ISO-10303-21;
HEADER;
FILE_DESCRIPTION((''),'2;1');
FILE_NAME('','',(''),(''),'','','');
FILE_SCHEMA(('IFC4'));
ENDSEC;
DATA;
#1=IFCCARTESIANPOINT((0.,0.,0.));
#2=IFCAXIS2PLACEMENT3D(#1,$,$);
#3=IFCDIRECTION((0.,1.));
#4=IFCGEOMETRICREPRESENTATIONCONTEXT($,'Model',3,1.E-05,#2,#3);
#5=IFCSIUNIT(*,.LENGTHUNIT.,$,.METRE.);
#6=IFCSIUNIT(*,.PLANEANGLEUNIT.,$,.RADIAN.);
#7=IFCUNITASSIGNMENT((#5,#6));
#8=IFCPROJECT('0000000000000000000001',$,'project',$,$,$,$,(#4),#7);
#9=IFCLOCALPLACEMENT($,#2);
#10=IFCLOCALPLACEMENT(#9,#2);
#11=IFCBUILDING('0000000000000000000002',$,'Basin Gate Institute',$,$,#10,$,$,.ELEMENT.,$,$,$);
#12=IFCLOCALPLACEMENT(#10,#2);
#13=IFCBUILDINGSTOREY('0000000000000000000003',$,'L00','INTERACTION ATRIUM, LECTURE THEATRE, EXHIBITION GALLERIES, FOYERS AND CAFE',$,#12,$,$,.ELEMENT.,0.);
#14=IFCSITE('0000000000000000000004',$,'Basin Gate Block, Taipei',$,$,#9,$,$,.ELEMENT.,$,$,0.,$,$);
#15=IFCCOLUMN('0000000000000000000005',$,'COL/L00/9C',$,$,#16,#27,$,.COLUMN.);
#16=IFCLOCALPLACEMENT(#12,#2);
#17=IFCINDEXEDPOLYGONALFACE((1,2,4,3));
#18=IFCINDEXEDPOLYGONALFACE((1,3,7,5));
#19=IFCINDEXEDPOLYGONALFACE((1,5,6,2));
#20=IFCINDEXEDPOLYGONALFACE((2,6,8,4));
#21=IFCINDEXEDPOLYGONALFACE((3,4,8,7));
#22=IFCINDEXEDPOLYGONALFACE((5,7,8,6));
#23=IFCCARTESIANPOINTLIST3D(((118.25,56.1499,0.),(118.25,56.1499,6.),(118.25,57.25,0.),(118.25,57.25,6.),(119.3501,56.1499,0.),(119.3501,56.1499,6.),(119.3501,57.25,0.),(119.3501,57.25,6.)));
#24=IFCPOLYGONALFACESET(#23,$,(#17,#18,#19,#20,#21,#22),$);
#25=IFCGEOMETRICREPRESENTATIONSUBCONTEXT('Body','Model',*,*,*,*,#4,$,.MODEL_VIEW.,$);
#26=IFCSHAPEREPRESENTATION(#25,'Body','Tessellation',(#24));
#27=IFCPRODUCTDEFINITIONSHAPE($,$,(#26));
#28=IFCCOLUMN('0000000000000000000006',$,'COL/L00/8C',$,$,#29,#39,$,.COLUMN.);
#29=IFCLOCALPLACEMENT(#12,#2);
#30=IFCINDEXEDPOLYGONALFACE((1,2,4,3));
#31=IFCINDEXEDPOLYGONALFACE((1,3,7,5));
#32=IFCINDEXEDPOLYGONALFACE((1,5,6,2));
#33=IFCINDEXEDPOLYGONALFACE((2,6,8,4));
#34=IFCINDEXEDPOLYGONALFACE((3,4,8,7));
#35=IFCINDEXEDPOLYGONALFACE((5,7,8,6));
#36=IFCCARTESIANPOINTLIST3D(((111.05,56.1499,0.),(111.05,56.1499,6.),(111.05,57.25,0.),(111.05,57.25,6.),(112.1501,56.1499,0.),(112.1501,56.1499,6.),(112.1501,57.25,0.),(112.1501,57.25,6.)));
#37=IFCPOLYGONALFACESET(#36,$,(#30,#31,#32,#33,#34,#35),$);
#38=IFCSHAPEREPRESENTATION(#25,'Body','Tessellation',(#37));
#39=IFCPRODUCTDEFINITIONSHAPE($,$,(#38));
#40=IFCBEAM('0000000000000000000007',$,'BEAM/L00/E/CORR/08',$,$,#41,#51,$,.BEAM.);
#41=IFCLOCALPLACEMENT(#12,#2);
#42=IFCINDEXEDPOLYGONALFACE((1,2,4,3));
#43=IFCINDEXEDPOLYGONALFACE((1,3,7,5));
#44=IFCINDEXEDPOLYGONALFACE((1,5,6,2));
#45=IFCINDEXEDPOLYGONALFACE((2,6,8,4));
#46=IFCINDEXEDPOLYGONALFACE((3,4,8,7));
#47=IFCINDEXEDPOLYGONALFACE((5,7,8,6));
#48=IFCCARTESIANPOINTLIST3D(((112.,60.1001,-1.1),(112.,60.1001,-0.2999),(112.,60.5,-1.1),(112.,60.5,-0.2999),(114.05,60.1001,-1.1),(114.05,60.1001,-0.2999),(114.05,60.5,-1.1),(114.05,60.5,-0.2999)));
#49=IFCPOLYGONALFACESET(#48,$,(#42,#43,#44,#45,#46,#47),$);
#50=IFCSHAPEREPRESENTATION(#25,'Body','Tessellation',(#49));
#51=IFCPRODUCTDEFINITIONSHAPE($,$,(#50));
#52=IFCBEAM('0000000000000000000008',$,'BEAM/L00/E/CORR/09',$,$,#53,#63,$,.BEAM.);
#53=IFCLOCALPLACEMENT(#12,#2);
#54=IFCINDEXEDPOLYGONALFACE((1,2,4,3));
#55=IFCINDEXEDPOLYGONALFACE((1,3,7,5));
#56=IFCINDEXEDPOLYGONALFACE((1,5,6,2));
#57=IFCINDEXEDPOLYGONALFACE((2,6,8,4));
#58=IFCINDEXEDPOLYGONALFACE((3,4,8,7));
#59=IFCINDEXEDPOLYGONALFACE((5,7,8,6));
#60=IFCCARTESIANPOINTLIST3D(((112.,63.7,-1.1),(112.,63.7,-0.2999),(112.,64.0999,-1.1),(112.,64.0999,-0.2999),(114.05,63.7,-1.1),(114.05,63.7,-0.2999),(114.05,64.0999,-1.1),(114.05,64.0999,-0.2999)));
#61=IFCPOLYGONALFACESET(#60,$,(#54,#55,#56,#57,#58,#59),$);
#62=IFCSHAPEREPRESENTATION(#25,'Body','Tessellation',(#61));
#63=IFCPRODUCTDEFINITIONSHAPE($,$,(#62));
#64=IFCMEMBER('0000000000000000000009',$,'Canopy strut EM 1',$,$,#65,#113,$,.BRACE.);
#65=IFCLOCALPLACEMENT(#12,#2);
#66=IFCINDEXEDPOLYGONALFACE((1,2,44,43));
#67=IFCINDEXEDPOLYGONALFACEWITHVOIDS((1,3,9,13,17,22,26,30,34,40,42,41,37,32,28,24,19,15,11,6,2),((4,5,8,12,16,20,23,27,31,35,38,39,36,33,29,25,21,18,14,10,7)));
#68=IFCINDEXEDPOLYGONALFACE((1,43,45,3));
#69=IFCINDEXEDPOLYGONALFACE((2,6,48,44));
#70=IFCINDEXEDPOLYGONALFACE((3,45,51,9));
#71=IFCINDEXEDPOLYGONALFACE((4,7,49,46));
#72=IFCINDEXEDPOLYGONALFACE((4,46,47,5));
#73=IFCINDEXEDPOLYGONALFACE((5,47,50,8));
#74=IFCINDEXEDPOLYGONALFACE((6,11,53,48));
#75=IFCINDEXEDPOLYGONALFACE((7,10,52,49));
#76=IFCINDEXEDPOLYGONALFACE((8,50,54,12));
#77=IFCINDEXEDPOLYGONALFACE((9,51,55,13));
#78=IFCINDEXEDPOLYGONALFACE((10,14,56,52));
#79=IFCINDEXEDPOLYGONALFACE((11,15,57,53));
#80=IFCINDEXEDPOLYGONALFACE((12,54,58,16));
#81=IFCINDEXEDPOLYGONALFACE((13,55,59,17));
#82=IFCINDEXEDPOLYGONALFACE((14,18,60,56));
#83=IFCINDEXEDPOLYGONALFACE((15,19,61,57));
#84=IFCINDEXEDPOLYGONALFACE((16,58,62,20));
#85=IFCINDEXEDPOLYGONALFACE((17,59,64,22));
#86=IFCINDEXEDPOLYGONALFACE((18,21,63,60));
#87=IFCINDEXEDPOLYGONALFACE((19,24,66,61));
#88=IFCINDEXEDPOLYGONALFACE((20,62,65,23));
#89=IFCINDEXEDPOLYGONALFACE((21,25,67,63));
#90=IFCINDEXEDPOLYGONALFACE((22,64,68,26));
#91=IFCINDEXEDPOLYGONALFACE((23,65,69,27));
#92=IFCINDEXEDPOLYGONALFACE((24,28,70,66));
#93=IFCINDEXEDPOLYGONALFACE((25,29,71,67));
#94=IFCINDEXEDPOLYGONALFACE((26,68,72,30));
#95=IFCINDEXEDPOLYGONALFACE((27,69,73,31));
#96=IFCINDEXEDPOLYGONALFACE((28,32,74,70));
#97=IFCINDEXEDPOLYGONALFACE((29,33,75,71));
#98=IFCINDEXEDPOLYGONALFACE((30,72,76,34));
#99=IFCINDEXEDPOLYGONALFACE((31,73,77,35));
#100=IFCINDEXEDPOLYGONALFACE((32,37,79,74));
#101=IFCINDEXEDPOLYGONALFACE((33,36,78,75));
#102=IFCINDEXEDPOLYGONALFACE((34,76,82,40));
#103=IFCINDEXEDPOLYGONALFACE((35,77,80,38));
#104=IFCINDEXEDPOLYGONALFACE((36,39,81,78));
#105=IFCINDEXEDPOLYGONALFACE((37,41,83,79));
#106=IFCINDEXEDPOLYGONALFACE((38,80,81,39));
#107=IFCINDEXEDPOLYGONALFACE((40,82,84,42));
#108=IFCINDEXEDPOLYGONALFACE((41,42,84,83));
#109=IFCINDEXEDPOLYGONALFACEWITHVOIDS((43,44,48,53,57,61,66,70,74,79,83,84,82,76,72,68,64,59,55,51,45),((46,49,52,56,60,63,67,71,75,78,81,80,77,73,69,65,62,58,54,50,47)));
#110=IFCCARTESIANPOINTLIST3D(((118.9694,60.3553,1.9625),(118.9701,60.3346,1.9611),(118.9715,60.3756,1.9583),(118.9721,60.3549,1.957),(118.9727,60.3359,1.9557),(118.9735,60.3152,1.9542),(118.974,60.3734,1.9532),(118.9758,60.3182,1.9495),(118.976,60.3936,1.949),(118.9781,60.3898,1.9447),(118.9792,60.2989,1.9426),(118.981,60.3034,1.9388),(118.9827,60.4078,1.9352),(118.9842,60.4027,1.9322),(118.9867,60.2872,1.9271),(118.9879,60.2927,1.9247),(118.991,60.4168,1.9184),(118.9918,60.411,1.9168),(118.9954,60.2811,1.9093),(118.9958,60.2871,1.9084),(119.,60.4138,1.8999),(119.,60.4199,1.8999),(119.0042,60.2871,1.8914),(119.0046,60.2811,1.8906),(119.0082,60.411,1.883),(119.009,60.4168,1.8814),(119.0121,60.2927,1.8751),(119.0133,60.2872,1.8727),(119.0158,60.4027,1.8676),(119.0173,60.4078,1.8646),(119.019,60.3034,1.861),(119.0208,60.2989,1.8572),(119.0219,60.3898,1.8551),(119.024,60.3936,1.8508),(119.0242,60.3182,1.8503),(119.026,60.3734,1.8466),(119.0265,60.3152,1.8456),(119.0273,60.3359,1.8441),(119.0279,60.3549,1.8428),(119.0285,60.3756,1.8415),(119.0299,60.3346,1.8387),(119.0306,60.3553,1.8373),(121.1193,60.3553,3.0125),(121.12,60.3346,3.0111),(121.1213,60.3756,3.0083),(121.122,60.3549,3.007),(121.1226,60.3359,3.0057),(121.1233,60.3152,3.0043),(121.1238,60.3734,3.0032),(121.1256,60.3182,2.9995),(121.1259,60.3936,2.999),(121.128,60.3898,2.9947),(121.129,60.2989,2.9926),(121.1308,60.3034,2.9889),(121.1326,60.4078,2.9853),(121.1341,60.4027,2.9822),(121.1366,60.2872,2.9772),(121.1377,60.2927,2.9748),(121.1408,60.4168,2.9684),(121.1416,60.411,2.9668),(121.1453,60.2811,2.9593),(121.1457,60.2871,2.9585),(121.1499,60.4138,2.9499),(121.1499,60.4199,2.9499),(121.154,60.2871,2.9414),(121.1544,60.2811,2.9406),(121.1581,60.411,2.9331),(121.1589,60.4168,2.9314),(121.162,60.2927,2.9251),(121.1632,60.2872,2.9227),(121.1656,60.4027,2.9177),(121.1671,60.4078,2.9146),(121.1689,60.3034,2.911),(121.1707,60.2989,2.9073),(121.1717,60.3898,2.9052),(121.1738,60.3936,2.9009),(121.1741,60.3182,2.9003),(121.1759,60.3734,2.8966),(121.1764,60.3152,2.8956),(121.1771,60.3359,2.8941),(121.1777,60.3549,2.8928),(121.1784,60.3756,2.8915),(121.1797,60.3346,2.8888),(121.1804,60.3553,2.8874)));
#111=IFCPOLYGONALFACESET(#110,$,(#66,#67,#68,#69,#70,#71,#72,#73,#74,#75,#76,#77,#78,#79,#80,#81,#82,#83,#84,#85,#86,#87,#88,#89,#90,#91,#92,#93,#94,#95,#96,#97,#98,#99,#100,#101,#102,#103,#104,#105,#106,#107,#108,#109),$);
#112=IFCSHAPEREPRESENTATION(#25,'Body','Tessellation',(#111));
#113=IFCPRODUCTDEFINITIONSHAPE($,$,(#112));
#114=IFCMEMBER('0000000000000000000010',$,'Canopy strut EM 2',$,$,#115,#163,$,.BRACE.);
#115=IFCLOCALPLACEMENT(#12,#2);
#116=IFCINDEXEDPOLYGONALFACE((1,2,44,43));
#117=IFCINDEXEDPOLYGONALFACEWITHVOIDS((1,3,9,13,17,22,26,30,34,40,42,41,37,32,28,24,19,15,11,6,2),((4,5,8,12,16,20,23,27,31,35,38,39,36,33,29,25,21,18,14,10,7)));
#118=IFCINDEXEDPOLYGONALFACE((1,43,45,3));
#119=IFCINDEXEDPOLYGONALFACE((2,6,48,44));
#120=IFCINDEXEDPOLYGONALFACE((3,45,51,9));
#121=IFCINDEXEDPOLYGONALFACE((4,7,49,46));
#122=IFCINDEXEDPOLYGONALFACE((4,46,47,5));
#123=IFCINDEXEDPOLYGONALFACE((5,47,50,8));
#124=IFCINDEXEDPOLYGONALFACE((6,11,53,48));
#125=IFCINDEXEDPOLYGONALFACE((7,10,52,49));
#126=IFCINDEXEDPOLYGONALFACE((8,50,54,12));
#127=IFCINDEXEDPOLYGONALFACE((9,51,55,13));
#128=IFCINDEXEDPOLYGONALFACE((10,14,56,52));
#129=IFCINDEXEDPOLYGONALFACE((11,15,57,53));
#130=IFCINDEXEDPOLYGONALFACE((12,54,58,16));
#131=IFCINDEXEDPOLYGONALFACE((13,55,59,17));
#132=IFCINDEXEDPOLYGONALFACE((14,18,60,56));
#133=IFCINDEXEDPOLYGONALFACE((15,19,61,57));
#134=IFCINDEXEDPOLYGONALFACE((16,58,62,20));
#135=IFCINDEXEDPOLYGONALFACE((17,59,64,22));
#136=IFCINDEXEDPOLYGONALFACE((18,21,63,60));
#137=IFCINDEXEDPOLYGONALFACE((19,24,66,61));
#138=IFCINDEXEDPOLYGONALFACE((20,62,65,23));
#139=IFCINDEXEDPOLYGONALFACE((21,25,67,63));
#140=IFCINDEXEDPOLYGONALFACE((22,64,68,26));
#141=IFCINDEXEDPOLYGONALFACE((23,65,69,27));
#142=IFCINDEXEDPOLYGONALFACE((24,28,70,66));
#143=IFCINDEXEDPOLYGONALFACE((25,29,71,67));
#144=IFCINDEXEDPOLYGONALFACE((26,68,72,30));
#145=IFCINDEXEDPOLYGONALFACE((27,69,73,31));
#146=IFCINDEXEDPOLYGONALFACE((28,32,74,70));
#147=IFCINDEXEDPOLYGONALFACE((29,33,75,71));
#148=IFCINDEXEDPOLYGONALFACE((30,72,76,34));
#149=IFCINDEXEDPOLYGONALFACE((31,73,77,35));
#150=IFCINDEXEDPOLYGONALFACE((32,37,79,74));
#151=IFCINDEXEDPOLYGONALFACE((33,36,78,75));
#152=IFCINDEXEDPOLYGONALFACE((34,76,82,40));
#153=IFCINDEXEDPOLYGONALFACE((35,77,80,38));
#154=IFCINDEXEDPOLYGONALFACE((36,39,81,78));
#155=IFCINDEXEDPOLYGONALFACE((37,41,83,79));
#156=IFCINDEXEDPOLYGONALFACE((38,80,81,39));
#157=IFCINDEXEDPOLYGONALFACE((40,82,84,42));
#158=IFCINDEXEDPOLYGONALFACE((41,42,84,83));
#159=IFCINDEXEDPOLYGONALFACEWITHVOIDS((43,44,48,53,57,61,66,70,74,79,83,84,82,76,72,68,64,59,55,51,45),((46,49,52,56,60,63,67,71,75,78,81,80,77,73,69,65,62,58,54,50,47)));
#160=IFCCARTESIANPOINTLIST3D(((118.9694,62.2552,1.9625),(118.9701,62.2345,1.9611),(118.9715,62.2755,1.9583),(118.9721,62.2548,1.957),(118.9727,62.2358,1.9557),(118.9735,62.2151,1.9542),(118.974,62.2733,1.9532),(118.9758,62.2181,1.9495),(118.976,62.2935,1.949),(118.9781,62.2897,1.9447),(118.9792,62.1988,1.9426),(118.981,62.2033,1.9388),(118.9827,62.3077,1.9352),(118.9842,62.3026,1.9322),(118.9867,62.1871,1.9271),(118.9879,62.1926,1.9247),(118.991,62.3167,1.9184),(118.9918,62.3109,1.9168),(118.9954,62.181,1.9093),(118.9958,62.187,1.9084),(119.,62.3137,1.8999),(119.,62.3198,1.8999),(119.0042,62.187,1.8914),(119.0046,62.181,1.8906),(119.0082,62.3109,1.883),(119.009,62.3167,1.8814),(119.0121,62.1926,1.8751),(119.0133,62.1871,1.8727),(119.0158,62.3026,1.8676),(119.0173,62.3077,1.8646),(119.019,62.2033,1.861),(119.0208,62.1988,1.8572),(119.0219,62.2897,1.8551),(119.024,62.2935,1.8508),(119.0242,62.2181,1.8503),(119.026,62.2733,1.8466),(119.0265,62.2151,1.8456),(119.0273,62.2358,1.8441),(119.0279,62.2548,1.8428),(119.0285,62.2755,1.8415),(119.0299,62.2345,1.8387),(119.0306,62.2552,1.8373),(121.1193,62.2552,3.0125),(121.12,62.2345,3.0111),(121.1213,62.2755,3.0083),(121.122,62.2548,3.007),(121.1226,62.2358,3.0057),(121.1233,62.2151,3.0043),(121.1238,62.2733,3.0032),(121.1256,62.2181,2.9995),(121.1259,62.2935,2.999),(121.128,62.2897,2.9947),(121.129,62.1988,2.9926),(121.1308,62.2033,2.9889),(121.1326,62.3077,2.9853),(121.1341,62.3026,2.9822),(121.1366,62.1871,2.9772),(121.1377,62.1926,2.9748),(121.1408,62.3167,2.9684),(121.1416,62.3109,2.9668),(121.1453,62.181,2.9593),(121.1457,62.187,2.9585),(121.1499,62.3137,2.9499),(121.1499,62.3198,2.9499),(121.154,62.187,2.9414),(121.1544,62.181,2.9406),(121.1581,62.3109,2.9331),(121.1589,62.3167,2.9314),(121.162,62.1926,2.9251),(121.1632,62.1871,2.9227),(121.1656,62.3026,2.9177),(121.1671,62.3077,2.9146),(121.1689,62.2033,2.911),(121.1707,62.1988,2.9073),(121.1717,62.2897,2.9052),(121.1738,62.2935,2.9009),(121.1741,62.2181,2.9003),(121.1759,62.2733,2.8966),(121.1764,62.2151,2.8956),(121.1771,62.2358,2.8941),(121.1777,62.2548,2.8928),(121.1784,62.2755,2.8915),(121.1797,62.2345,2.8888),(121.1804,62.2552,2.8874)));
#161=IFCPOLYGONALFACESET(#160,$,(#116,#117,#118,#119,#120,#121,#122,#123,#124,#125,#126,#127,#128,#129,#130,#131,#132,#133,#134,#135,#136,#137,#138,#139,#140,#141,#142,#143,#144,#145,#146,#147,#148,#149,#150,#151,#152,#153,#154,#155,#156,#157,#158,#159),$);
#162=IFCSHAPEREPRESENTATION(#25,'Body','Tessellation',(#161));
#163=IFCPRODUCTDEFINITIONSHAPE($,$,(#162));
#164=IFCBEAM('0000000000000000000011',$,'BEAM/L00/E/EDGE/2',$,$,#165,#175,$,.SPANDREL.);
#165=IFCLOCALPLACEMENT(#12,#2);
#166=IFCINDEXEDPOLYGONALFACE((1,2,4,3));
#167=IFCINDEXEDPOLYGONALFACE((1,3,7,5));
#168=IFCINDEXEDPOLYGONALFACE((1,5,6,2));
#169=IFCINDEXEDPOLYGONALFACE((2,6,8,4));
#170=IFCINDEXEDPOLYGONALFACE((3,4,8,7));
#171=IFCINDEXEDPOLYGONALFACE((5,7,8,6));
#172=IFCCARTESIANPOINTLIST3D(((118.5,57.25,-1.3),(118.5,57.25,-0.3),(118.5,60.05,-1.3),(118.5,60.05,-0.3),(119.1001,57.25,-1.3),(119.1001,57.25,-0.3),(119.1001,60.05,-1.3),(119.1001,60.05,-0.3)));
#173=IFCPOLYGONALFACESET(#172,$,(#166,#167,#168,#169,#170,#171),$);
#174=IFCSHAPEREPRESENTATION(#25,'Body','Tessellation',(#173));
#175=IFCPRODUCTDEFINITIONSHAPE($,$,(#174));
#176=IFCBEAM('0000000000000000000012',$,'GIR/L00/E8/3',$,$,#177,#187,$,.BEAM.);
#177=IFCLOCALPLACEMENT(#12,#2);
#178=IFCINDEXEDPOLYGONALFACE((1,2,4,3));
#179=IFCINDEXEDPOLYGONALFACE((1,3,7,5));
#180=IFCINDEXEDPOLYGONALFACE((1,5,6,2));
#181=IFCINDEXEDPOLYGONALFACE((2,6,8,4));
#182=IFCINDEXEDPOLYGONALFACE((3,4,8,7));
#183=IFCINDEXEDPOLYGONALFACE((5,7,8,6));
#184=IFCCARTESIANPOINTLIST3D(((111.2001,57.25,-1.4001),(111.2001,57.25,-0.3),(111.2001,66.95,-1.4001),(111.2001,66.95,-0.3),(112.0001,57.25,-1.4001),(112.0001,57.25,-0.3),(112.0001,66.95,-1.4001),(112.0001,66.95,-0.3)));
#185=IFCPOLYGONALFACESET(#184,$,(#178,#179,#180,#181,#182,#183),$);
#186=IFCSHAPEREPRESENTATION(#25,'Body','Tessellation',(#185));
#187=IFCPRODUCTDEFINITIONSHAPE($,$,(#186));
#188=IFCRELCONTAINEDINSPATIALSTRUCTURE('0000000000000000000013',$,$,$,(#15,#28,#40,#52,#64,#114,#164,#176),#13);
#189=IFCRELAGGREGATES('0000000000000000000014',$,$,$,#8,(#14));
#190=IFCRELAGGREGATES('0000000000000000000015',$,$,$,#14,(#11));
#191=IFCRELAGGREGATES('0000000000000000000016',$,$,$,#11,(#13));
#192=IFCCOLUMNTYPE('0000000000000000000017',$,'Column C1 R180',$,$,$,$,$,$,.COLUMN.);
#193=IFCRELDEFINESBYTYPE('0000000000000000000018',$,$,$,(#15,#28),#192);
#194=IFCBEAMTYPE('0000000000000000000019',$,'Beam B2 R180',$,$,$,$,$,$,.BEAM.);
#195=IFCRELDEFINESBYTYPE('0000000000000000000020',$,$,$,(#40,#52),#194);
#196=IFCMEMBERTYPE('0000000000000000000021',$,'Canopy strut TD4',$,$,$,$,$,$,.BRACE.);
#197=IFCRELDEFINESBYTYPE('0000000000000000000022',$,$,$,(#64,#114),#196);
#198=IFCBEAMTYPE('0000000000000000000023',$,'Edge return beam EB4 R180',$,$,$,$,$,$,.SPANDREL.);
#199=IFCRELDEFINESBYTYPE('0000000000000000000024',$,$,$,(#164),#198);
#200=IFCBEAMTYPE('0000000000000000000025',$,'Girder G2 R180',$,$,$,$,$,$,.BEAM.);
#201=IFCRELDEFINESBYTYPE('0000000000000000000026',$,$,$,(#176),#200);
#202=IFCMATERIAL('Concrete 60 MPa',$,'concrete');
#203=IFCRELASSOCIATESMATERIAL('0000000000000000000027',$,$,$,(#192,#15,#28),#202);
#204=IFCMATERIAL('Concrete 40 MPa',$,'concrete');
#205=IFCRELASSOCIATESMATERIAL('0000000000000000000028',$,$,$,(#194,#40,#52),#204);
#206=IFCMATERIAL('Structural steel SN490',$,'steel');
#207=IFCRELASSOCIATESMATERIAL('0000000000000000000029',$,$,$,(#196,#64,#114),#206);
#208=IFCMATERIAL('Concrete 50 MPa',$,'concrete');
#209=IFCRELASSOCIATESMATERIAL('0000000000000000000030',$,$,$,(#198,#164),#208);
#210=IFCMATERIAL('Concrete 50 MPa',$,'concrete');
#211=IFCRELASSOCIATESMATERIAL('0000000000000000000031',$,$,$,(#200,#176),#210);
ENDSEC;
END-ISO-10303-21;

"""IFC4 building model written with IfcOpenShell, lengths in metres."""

from ifc_helpers import new_model, si_unit, direction, frame, origin, origin_2d, place, context, subcontext, project, spatial, rectangle, hollow_circle, extrude, material, material_profile, profile_set, type_object, element, save


model = new_model("IFC4")

# Units and contexts
model_context = context("Model", 3, precision=1e-05, world=origin(), true_north=direction((0.0, 1.0)))
body_context = subcontext(model_context, "Body", "Model", "MODEL_VIEW")
ifc_project = project(units=[si_unit("LENGTHUNIT", "METRE"), si_unit("PLANEANGLEUNIT", "RADIAN")], contexts=[model_context])

# Site, building, storey
site_placement = place(None, origin())
site = spatial("IfcSite", under=ifc_project, at=site_placement, Name="Basin Gate Block, Taipei", CompositionType="ELEMENT", RefElevation=0.0)
building_placement = place(site_placement, origin())
building = spatial("IfcBuilding", under=site, at=building_placement, Name="Basin Gate Institute", CompositionType="ELEMENT")
storey_placement = place(building_placement, origin())
storey = spatial("IfcBuildingStorey", under=building, at=storey_placement, Name="L00", Description="INTERACTION ATRIUM, LECTURE THEATRE, EXHIBITION GALLERIES, FOYERS AND CAFE", CompositionType="ELEMENT", Elevation=0.0)

# Columns
ifc_material_1 = material(Name="Concrete 60 MPa", Category="concrete")
ifc_material_profile_1 = material_profile(ifc_material_1, rectangle(XDim=1.1001, YDim=1.1001, at=origin_2d()), Name="Column C1 1100 x 1100")
ifc_profile_set_1 = profile_set([ifc_material_profile_1], Name="Concrete 60 MPa")
column_type = type_object("IfcColumnType", Name="Column C1 R180", PredefinedType="COLUMN", material=ifc_profile_set_1)
for number, where, z_axis, x_axis, name in (
    (1, (118.8, 56.7, 0.0), (0.0, 0.0, 1.0), (1.0, 0.0, 0.0), "COL/L00/9C"),
    (2, (111.6001, 56.7, 0.0), (0.0, 0.0, 1.0), (1.0, 0.0, 0.0), "COL/L00/8C"),
):
    element("IfcColumn", number, at=place(storey_placement, frame(where, z_axis=z_axis, x_axis=x_axis)), inside=storey, type_object=column_type, material=ifc_profile_set_1, Name=name, PredefinedType="COLUMN", context=body_context, shape_type="SweptSolid", body=[
        extrude(rectangle(XDim=1.1001, YDim=1.1001, at=origin_2d()), origin(), (0.0, 0.0, 1.0), 6.0),
    ])

# Beams
ifc_material_2 = material(Name="Concrete 40 MPa", Category="concrete")
ifc_material_profile_2 = material_profile(ifc_material_2, rectangle(XDim=0.3999, YDim=0.8, at=origin_2d()), Name="Beam B2 400 x 800")
ifc_profile_set_2 = profile_set([ifc_material_profile_2], Name="Concrete 40 MPa")
beam_type_1 = type_object("IfcBeamType", Name="Beam B2 R180", PredefinedType="BEAM", material=ifc_profile_set_2)
for number, where, z_axis, x_axis, name in (
    (3, (114.05, 60.3, -0.7), (-1.0, 0.0, 0.0), (0.0, -1.0, 0.0), "BEAM/L00/E/CORR/08"),
    (4, (114.05, 63.8999, -0.7), (-1.0, 0.0, 0.0), (0.0, -1.0, 0.0), "BEAM/L00/E/CORR/09"),
):
    element("IfcBeam", number, at=place(storey_placement, frame(where, z_axis=z_axis, x_axis=x_axis)), inside=storey, type_object=beam_type_1, material=ifc_profile_set_2, Name=name, PredefinedType="BEAM", context=body_context, shape_type="SweptSolid", body=[
        extrude(rectangle(XDim=0.3999, YDim=0.8, at=origin_2d()), origin(), (0.0, 0.0, 1.0), 2.05),
    ])

# Members
ifc_material_3 = material(Name="Structural steel SN490", Category="steel")
ifc_material_profile_3 = material_profile(ifc_material_3, hollow_circle(Radius=0.0698, WallThickness=0.0061, at=origin_2d()), Name="CHS139x6")
ifc_profile_set_3 = profile_set([ifc_material_profile_3], Name="Structural steel SN490")
member_type = type_object("IfcMemberType", Name="Canopy strut TD4", PredefinedType="BRACE", material=ifc_profile_set_3)
for number, where, z_axis, x_axis, name in (
    (5, (119.0, 60.3501, 1.8999), (0.898552, 0.0, 0.438868), (0.0, 1.0, 0.0), "Canopy strut EM 1"),
    (6, (119.0, 62.25, 1.8999), (0.898552, 0.0, 0.438868), (0.0, 1.0, 0.0), "Canopy strut EM 2"),
):
    element("IfcMember", number, at=place(storey_placement, frame(where, z_axis=z_axis, x_axis=x_axis)), inside=storey, type_object=member_type, material=ifc_profile_set_3, Name=name, PredefinedType="BRACE", context=body_context, shape_type="SweptSolid", body=[
        extrude(hollow_circle(Radius=0.0698, WallThickness=0.0061, at=origin_2d()), origin(), (0.0, 0.0, 1.0), 2.3926),
    ])

# Beams
ifc_material_4 = material(Name="Concrete 50 MPa", Category="concrete")
ifc_material_profile_4 = material_profile(ifc_material_4, rectangle(XDim=0.6001, YDim=1.0, at=origin_2d()), Name="Edge return beam EB4 600 x 1000")
ifc_profile_set_4 = profile_set([ifc_material_profile_4], Name="Concrete 50 MPa")
beam_type_2 = type_object("IfcBeamType", Name="Edge return beam EB4 R180", PredefinedType="SPANDREL", material=ifc_profile_set_4)
beam_1_placement = place(storey_placement, frame((118.8, 57.25, -0.8), z_axis=(0.0, 1.0, 0.0), x_axis=(-1.0, 0.0, 0.0)))
element("IfcBeam", 7, at=beam_1_placement, inside=storey, type_object=beam_type_2, material=ifc_profile_set_4, Name="BEAM/L00/E/EDGE/2", PredefinedType="SPANDREL", context=body_context, shape_type="SweptSolid", body=[
    extrude(rectangle(XDim=0.6001, YDim=1.0, at=origin_2d()), origin(), (0.0, 0.0, 1.0), 2.8),
])
ifc_material_5 = material(Name="Concrete 50 MPa", Category="concrete")
ifc_material_profile_5 = material_profile(ifc_material_5, rectangle(XDim=0.8, YDim=1.1001, at=origin_2d()), Name="Girder G2 800 x 1100")
ifc_profile_set_5 = profile_set([ifc_material_profile_5], Name="Concrete 50 MPa")
beam_type_3 = type_object("IfcBeamType", Name="Girder G2 R180", PredefinedType="BEAM", material=ifc_profile_set_5)
beam_2_placement = place(storey_placement, frame((111.6001, 57.25, -0.8501), z_axis=(0.0, 1.0, 0.0), x_axis=(-1.0, 0.0, 0.0)))
element("IfcBeam", 8, at=beam_2_placement, inside=storey, type_object=beam_type_3, material=ifc_profile_set_5, Name="GIR/L00/E8/3", PredefinedType="BEAM", context=body_context, shape_type="SweptSolid", body=[
    extrude(rectangle(XDim=0.8, YDim=1.1001, at=origin_2d()), origin(), (0.0, 0.0, 1.0), 9.7),
])

save(model, "model.ifc")
